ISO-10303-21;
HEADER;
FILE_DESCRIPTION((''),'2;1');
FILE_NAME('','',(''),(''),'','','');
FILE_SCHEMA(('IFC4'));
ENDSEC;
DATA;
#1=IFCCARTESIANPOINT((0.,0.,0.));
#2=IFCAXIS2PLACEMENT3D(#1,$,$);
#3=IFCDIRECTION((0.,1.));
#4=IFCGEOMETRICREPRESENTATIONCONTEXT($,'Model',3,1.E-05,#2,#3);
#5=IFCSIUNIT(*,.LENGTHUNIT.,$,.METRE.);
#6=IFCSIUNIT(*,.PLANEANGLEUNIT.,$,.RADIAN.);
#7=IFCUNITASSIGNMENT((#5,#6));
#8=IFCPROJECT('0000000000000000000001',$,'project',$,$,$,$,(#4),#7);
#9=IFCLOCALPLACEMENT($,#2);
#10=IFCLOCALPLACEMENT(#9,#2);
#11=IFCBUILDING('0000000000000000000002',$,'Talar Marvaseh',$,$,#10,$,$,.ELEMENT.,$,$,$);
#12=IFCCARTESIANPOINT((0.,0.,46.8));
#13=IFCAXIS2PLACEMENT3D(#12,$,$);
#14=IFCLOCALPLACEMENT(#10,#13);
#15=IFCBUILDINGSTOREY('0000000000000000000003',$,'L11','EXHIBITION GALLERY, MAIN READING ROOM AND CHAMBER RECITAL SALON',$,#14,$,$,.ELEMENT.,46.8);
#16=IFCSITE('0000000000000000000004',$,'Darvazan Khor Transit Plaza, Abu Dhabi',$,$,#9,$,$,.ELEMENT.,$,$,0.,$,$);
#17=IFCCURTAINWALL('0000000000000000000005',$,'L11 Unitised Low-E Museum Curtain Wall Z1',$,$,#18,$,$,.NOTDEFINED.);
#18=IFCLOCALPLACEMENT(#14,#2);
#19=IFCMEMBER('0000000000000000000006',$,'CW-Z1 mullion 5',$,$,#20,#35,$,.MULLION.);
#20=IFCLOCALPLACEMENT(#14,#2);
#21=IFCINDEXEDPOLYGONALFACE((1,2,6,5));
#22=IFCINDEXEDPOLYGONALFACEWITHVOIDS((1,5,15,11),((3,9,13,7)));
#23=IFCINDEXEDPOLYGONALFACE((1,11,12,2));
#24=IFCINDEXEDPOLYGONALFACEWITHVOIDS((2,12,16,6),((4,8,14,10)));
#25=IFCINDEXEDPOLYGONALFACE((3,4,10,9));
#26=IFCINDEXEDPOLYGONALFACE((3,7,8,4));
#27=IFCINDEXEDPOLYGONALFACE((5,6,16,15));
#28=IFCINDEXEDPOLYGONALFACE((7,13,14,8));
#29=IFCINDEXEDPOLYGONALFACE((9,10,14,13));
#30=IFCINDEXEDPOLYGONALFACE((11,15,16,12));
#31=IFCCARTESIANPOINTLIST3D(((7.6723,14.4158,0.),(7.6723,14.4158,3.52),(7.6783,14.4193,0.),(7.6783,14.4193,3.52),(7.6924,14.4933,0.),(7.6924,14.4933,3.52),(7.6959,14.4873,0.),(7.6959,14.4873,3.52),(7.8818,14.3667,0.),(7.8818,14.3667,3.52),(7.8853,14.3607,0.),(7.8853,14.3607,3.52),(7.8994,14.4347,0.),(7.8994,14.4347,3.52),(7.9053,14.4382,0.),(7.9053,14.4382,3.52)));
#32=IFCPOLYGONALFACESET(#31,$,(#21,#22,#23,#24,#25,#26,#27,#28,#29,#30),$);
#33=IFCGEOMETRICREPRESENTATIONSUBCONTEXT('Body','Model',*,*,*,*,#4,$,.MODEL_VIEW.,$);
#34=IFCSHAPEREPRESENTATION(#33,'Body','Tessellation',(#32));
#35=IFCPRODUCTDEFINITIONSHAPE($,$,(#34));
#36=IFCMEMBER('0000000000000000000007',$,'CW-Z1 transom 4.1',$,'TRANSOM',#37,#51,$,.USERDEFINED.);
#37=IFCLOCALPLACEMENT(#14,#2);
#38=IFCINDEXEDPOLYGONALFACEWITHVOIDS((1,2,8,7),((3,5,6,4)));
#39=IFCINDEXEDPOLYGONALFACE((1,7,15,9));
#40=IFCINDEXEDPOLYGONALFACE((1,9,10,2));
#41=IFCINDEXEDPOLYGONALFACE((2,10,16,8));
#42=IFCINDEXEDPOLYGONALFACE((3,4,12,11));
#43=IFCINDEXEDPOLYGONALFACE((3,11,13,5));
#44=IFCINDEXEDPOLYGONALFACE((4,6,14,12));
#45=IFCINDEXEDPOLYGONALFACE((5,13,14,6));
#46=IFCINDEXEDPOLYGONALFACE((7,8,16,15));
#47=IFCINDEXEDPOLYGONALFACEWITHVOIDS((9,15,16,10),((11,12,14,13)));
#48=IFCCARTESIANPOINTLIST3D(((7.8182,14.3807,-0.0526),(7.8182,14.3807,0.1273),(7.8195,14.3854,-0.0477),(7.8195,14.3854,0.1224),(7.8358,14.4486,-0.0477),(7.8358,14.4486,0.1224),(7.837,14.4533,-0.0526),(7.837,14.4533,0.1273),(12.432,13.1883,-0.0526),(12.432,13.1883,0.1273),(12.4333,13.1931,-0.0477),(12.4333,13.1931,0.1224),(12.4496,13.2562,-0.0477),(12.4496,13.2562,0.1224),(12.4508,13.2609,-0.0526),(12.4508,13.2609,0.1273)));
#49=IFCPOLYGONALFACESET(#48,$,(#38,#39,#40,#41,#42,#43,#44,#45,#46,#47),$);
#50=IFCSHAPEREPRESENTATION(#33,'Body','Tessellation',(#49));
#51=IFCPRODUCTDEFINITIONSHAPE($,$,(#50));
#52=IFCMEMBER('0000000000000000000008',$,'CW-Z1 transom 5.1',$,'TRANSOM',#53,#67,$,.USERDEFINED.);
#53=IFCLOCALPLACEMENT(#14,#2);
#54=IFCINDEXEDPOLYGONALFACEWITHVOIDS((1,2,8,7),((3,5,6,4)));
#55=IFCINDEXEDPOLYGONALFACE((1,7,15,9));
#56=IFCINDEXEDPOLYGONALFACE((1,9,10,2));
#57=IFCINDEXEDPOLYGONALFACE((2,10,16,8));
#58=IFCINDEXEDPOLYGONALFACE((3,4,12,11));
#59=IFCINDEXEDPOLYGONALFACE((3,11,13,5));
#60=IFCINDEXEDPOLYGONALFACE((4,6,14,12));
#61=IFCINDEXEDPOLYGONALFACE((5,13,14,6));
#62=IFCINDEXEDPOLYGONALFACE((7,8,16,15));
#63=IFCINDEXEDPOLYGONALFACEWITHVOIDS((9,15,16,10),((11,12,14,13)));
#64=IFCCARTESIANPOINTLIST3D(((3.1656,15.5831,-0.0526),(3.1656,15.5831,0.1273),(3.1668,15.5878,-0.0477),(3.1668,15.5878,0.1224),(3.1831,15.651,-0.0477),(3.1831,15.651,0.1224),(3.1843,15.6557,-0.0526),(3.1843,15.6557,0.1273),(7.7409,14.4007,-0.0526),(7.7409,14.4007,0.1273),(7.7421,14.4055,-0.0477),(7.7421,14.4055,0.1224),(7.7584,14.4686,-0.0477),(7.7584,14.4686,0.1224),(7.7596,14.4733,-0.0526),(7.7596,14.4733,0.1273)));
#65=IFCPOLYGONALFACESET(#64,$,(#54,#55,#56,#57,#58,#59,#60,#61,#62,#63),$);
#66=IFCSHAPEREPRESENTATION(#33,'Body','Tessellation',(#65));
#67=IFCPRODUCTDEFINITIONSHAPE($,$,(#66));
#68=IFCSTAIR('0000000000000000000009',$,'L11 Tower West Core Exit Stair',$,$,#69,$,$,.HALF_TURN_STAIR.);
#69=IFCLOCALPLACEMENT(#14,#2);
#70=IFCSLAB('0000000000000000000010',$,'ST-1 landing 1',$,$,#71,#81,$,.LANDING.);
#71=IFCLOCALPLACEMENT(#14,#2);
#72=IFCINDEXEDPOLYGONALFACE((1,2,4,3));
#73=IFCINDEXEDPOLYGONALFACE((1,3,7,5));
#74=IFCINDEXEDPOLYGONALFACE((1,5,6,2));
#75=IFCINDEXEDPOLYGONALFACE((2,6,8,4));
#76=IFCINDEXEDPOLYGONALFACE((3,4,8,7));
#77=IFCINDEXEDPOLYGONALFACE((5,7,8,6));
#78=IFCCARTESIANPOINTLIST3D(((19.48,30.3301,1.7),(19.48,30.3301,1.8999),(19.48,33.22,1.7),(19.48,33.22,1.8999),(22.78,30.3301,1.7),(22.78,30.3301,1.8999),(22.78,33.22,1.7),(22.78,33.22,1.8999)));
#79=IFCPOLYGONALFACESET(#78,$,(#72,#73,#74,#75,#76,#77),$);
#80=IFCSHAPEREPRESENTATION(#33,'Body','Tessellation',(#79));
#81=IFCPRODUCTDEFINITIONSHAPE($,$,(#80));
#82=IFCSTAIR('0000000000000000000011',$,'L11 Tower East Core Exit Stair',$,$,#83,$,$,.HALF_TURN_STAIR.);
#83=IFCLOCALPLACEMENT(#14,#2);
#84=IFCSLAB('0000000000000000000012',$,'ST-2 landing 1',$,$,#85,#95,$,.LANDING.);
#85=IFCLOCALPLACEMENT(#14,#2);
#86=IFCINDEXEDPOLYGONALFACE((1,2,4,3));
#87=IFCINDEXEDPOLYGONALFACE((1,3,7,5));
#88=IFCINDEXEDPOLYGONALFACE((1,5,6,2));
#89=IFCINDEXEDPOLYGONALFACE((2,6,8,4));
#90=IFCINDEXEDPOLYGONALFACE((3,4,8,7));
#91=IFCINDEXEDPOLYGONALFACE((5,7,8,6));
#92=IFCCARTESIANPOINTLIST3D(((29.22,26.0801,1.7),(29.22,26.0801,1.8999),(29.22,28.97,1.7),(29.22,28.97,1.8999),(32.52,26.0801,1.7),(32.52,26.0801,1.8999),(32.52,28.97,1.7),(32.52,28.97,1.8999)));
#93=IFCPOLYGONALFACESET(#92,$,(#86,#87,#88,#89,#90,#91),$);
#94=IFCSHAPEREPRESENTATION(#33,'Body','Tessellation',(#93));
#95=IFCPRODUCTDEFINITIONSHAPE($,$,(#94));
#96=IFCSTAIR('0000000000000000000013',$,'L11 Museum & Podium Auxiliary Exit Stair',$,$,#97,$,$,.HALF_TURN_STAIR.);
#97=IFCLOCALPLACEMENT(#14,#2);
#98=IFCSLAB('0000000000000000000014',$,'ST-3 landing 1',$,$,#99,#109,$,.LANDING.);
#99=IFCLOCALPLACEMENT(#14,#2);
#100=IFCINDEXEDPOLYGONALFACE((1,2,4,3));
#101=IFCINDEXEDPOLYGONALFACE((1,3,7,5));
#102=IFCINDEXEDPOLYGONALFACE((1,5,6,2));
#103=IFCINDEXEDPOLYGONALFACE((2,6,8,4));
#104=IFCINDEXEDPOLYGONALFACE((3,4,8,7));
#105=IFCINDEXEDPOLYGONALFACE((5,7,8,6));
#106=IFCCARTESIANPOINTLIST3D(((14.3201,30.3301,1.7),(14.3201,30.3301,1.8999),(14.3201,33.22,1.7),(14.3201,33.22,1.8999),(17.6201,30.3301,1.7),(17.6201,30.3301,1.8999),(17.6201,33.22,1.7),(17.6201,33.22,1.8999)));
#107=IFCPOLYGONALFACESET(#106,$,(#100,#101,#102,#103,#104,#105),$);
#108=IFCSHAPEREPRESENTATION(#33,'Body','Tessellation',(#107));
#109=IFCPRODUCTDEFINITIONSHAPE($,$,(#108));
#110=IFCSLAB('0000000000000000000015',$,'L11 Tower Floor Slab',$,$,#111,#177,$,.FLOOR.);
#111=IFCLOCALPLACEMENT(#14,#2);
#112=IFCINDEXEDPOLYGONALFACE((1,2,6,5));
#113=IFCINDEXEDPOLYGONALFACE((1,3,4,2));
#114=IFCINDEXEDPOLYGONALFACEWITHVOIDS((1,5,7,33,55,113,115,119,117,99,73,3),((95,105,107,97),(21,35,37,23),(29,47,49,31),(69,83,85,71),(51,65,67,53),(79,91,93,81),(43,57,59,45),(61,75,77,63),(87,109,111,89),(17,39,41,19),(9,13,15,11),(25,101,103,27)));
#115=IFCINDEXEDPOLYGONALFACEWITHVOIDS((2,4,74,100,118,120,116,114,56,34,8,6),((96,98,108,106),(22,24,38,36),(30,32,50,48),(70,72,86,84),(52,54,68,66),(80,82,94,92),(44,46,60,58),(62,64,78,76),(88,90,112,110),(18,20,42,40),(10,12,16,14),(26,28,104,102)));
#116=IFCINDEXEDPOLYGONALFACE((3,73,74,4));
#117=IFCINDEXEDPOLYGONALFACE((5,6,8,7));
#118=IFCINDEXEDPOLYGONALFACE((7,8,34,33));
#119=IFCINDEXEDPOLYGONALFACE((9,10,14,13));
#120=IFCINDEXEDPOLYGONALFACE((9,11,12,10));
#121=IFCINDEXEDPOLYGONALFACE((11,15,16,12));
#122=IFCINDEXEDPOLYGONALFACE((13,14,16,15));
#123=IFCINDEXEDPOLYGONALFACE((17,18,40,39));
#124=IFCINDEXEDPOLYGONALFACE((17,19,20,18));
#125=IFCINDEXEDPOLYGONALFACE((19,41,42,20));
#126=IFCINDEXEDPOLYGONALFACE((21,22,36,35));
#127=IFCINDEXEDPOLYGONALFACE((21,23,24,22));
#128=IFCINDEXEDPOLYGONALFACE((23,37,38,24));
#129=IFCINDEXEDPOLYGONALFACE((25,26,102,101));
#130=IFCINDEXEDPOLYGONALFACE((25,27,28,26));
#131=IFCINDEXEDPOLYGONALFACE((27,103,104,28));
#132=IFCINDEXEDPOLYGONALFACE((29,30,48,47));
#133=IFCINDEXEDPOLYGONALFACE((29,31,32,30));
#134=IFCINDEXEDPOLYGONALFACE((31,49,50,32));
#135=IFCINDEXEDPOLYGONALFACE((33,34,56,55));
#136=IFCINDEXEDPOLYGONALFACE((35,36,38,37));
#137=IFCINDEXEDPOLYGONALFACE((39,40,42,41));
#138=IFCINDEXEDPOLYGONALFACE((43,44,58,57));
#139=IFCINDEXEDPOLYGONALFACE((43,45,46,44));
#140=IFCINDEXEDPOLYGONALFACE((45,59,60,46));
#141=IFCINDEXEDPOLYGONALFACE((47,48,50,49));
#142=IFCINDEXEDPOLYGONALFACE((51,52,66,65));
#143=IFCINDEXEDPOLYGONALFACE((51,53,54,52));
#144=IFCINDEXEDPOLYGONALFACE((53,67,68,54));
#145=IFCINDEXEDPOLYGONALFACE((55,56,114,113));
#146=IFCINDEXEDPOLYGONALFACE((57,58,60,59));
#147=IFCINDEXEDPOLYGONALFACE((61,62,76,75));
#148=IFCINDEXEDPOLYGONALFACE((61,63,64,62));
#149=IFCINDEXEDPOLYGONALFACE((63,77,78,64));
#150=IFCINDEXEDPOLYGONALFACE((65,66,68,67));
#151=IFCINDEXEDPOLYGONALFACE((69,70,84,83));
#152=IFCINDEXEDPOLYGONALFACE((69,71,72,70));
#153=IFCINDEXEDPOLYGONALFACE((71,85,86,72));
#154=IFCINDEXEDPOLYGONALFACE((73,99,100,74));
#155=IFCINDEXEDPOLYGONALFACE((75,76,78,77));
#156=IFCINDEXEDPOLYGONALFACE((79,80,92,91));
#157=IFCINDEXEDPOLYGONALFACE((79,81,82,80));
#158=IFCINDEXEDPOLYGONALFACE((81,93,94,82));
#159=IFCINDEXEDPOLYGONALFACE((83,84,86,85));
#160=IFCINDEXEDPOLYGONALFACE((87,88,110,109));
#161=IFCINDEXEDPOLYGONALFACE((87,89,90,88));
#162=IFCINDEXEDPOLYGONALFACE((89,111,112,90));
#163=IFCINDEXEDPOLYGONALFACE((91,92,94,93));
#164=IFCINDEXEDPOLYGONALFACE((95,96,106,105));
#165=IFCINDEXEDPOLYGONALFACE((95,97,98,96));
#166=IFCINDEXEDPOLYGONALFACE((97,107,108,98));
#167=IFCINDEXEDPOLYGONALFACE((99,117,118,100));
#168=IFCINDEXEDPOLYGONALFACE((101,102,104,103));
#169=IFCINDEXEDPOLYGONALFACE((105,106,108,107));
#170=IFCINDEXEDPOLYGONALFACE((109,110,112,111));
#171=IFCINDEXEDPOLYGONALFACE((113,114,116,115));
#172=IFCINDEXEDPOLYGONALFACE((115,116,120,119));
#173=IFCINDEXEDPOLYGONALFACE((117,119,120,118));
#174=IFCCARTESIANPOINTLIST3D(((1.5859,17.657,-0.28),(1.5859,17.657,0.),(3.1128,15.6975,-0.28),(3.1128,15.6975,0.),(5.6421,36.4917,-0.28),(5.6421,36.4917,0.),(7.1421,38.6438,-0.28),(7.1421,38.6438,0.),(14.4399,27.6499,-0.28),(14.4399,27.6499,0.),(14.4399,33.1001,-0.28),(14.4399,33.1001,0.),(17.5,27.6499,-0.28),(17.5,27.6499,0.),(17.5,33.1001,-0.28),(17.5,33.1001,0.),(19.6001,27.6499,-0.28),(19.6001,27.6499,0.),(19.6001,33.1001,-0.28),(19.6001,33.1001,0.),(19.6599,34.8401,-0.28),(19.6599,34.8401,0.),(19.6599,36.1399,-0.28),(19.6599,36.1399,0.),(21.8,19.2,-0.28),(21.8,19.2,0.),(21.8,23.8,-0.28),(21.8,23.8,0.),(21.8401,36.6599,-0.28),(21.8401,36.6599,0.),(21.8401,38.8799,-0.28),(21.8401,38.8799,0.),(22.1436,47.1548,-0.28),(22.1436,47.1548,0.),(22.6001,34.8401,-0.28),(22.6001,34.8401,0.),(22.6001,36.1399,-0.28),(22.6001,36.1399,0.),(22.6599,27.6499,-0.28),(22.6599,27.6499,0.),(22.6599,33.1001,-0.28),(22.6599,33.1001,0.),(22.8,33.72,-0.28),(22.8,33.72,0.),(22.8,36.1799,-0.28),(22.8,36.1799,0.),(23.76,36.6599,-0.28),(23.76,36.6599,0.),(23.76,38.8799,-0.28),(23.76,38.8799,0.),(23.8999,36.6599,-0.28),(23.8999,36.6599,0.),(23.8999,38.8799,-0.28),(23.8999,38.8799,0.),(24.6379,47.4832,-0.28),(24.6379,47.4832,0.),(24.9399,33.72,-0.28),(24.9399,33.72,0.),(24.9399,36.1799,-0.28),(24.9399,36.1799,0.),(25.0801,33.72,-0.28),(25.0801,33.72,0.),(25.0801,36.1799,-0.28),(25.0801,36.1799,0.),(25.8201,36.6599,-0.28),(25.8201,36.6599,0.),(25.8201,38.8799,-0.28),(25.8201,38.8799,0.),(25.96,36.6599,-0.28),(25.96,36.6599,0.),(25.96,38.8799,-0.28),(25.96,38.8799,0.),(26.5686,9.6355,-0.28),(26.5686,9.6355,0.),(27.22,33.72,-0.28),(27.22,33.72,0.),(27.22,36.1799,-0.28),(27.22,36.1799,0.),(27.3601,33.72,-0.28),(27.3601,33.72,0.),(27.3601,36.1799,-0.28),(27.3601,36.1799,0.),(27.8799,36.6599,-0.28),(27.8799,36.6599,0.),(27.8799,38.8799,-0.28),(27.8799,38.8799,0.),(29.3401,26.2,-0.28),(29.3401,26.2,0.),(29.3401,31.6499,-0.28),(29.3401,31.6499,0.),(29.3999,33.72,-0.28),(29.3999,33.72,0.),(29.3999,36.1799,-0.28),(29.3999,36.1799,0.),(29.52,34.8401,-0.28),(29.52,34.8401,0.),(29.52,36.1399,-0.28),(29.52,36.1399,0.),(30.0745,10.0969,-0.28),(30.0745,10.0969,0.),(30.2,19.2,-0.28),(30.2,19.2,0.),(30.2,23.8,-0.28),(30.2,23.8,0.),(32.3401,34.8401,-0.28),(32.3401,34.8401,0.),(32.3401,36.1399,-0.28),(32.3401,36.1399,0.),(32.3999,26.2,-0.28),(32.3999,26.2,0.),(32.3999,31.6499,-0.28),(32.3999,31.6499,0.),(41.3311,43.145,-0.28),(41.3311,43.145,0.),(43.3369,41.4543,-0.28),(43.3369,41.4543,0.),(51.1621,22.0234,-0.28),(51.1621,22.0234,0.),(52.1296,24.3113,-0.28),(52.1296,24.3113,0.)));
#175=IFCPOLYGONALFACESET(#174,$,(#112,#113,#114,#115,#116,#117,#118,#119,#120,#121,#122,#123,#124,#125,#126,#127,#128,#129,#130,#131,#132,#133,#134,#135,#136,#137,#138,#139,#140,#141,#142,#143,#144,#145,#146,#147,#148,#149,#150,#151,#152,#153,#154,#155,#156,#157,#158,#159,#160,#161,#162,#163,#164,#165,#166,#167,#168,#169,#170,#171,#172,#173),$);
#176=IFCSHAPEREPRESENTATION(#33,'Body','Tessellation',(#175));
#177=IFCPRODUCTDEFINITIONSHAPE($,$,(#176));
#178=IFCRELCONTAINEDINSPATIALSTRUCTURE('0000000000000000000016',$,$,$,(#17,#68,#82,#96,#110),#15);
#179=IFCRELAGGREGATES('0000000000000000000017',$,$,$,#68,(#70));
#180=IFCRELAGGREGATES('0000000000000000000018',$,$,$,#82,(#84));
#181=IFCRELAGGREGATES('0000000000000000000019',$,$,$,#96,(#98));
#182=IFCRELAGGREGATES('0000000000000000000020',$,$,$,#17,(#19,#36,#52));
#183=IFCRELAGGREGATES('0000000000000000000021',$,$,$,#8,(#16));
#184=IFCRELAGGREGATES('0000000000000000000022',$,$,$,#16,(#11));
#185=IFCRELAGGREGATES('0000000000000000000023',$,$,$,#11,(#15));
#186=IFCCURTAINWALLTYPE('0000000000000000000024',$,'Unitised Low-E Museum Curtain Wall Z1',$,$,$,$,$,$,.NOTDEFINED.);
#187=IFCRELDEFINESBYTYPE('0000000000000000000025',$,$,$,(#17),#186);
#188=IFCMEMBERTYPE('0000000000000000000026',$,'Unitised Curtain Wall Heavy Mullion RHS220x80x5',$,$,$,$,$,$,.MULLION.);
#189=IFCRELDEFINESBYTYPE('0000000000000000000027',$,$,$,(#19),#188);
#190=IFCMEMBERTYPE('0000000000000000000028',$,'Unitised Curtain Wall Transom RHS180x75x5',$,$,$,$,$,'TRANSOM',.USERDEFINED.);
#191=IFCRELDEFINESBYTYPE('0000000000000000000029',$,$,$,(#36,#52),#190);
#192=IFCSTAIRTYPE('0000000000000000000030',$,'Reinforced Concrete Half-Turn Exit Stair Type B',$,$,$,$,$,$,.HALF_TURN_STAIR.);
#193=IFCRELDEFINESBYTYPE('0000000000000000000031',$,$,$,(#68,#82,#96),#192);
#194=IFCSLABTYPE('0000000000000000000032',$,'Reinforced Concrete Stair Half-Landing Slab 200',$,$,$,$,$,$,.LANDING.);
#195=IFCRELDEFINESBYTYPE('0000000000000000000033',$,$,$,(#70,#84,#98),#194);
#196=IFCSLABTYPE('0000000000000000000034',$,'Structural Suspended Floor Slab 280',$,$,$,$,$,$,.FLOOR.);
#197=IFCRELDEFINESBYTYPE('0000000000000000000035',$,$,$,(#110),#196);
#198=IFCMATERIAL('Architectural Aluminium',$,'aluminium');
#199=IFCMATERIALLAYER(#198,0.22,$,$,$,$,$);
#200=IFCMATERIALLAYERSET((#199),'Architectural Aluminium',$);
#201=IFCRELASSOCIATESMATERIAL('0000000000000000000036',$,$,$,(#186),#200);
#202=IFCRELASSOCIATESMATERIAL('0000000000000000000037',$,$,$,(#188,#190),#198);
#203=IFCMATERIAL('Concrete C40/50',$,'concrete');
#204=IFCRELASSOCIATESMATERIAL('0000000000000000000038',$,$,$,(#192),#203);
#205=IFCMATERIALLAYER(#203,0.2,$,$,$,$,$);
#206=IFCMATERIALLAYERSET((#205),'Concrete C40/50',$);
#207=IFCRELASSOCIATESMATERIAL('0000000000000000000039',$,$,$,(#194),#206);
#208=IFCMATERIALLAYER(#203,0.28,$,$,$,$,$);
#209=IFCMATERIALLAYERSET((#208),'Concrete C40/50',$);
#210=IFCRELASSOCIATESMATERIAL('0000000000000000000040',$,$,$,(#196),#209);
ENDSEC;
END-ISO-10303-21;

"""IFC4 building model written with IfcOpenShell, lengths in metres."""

from ifc_helpers import new_model, si_unit, direction, frame, origin, origin_2d, place, context, subcontext, project, spatial, polyline, hollow_rectangle, outline, extrude, source, transform, mapped, material, layer, layer_set, material_profile, profile_set, type_object, type_shapes, element, aggregate, save


model = new_model("IFC4")

# Units and contexts
model_context = context("Model", 3, precision=1e-05, world=origin(), true_north=direction((0.0, 1.0)))
body_context = subcontext(model_context, "Body", "Model", "MODEL_VIEW")
ifc_project = project(units=[si_unit("LENGTHUNIT", "METRE"), si_unit("PLANEANGLEUNIT", "RADIAN")], contexts=[model_context])

# Site, building, storey
site_placement = place(None, origin())
site = spatial("IfcSite", under=ifc_project, at=site_placement, Name="Darvazan Khor Transit Plaza, Abu Dhabi", CompositionType="ELEMENT", RefElevation=0.0)
building_placement = place(site_placement, origin())
building = spatial("IfcBuilding", under=site, at=building_placement, Name="Talar Marvaseh", CompositionType="ELEMENT")
storey_placement = place(building_placement, frame((0.0, 0.0, 46.8)))
storey = spatial("IfcBuildingStorey", under=building, at=storey_placement, Name="L11", Description="EXHIBITION GALLERY, MAIN READING ROOM AND CHAMBER RECITAL SALON", CompositionType="ELEMENT", Elevation=46.8)

# Curtain wall, members
ifc_material_1 = material(Name="Architectural Aluminium", Category="aluminium")
ifc_layer_1 = layer(ifc_material_1, 0.22)
ifc_layer_set_1 = layer_set([ifc_layer_1], Name="Architectural Aluminium")
curtain_wall_type = type_object("IfcCurtainWallType", Name="Unitised Low-E Museum Curtain Wall Z1", PredefinedType="NOTDEFINED", material=ifc_layer_set_1)
curtain_wall_placement = place(storey_placement, origin())
curtain_wall = element("IfcCurtainWall", 1, at=curtain_wall_placement, inside=storey, type_object=curtain_wall_type, Name="L11 Unitised Low-E Museum Curtain Wall Z1", PredefinedType="NOTDEFINED")
ifc_material_profile_1 = material_profile(ifc_material_1, hollow_rectangle(XDim=0.0801, YDim=0.22, WallThickness=0.0049, at=origin_2d()), Name="RHS220x80x5")
ifc_profile_set_1 = profile_set([ifc_material_profile_1], Name="Architectural Aluminium")
member_type_1 = type_object("IfcMemberType", Name="Unitised Curtain Wall Heavy Mullion RHS220x80x5", PredefinedType="MULLION", material=ifc_profile_set_1)
shared_shape_1 = source(origin(), body_context, "Body", "SweptSolid", [
    extrude(hollow_rectangle(XDim=0.0801, YDim=0.22, WallThickness=0.0049, at=origin_2d()), origin(), (0.0, 0.0, 1.0), 3.52),
])
type_shapes(member_type_1, [shared_shape_1])
member_1_placement = place(storey_placement, frame((7.7888, 14.427, 0.0), z_axis=(0.0, 0.0, 1.0), x_axis=(-0.250228, -0.968187, 0.0)))
member_1 = element("IfcMember", 2, at=member_1_placement, type_object=member_type_1, Name="CW-Z1 mullion 5", PredefinedType="MULLION", context=body_context, shape_type="MappedRepresentation", body=[
    mapped(shared_shape_1, transform((0.0, 0.0, 0.0), x_axis=(1.0, 0.0, 0.0), y_axis=(0.0, 1.0, 0.0), z_axis=(0.0, 0.0, 1.0), scale=1.0)),
])
ifc_material_profile_2 = material_profile(ifc_material_1, hollow_rectangle(XDim=0.075, YDim=0.1799, WallThickness=0.0049, at=origin_2d()), Name="RHS180x75x5")
ifc_profile_set_2 = profile_set([ifc_material_profile_2], Name="Architectural Aluminium")
member_type_2 = type_object("IfcMemberType", Name="Unitised Curtain Wall Transom RHS180x75x5", ElementType="TRANSOM", PredefinedType="USERDEFINED", material=ifc_profile_set_2)
shared_shape_2 = source(origin(), body_context, "Body", "SweptSolid", [
    extrude(hollow_rectangle(XDim=0.075, YDim=0.1799, WallThickness=0.0049, at=origin_2d()), origin(), (0.0, 0.0, 1.0), 4.7654),
])
member_2_placement = place(storey_placement, frame((12.4414, 13.2246, 0.0374), z_axis=(-0.968189, 0.250219, 0.0), x_axis=(-0.250219, -0.968189, 0.0)))
member_2 = element("IfcMember", 3, at=member_2_placement, type_object=member_type_2, Name="CW-Z1 transom 4.1", ObjectType="TRANSOM", PredefinedType="USERDEFINED", context=body_context, shape_type="MappedRepresentation", body=[
    mapped(shared_shape_2, transform((0.0, 0.0, 0.0), x_axis=(1.0, 0.0, 0.0), y_axis=(0.0, 1.0, 0.0), z_axis=(0.0, 0.0, 1.0), scale=1.0)),
])
shared_shape_3 = source(origin(), body_context, "Body", "SweptSolid", [
    extrude(hollow_rectangle(XDim=0.075, YDim=0.1799, WallThickness=0.0049, at=origin_2d()), origin(), (0.0, 0.0, 1.0), 4.7256),
])
type_shapes(member_type_2, [shared_shape_2, shared_shape_3])
member_3_placement = place(storey_placement, frame((7.7502, 14.437, 0.0374), z_axis=(-0.968191, 0.250211, 0.0), x_axis=(-0.250211, -0.968191, 0.0)))
member_3 = element("IfcMember", 4, at=member_3_placement, type_object=member_type_2, Name="CW-Z1 transom 5.1", ObjectType="TRANSOM", PredefinedType="USERDEFINED", context=body_context, shape_type="MappedRepresentation", body=[
    mapped(shared_shape_3, transform((0.0, 0.0, 0.0), x_axis=(1.0, 0.0, 0.0), y_axis=(0.0, 1.0, 0.0), z_axis=(0.0, 0.0, 1.0), scale=1.0)),
])

# Stairs, slabs
ifc_material_2 = material(Name="Concrete C40/50", Category="concrete")
stair_type = type_object("IfcStairType", Name="Reinforced Concrete Half-Turn Exit Stair Type B", PredefinedType="HALF_TURN_STAIR", material=ifc_material_2)
stair_1_placement = place(storey_placement, origin())
stair_1 = element("IfcStair", 5, at=stair_1_placement, inside=storey, type_object=stair_type, Name="L11 Tower West Core Exit Stair", PredefinedType="HALF_TURN_STAIR")
ifc_layer_2 = layer(ifc_material_2, 0.2)
ifc_layer_set_2 = layer_set([ifc_layer_2], Name="Concrete C40/50")
slab_type_1 = type_object("IfcSlabType", Name="Reinforced Concrete Stair Half-Landing Slab 200", PredefinedType="LANDING", material=ifc_layer_set_2)
slab_1_placement = place(storey_placement, frame((0.0, 0.0, 1.7)))
slab_1 = element("IfcSlab", 6, at=slab_1_placement, type_object=slab_type_1, Name="ST-1 landing 1", PredefinedType="LANDING", context=body_context, shape_type="SweptSolid", body=[
    extrude(outline(polyline([(22.78, 30.3301), (22.78, 33.22), (19.48, 33.22), (19.48, 30.3301), (22.78, 30.3301)])), origin(), (0.0, 0.0, 1.0), 0.2),
])
aggregate(stair_1, [slab_1])
stair_2_placement = place(storey_placement, origin())
stair_2 = element("IfcStair", 7, at=stair_2_placement, inside=storey, type_object=stair_type, Name="L11 Tower East Core Exit Stair", PredefinedType="HALF_TURN_STAIR")
slab_2_placement = place(storey_placement, frame((0.0, 0.0, 1.7)))
slab_2 = element("IfcSlab", 8, at=slab_2_placement, type_object=slab_type_1, Name="ST-2 landing 1", PredefinedType="LANDING", context=body_context, shape_type="SweptSolid", body=[
    extrude(outline(polyline([(29.22, 28.97), (29.22, 26.0801), (32.52, 26.0801), (32.52, 28.97), (29.22, 28.97)])), origin(), (0.0, 0.0, 1.0), 0.2),
])
aggregate(stair_2, [slab_2])
stair_3_placement = place(storey_placement, origin())
stair_3 = element("IfcStair", 9, at=stair_3_placement, inside=storey, type_object=stair_type, Name="L11 Museum & Podium Auxiliary Exit Stair", PredefinedType="HALF_TURN_STAIR")
slab_3_placement = place(storey_placement, frame((0.0, 0.0, 1.7)))
slab_3 = element("IfcSlab", 10, at=slab_3_placement, type_object=slab_type_1, Name="ST-3 landing 1", PredefinedType="LANDING", context=body_context, shape_type="SweptSolid", body=[
    extrude(outline(polyline([(17.6201, 30.3301), (17.6201, 33.22), (14.3201, 33.22), (14.3201, 30.3301), (17.6201, 30.3301)])), origin(), (0.0, 0.0, 1.0), 0.2),
])
aggregate(stair_3, [slab_3])

# Slab
ifc_layer_3 = layer(ifc_material_2, 0.28)
ifc_layer_set_3 = layer_set([ifc_layer_3], Name="Concrete C40/50")
slab_type_2 = type_object("IfcSlabType", Name="Structural Suspended Floor Slab 280", PredefinedType="FLOOR", material=ifc_layer_set_3)
slab_4_placement = place(storey_placement, frame((0.0, 0.0, -0.28)))
element("IfcSlab", 11, at=slab_4_placement, inside=storey, type_object=slab_type_2, Name="L11 Tower Floor Slab", PredefinedType="FLOOR", context=body_context, shape_type="SweptSolid", body=[
    extrude(outline(polyline([(3.1128, 15.6975), (1.5859, 17.657), (5.6421, 36.4917), (7.1421, 38.6438), (22.1436, 47.1548), (24.6379, 47.4832), (41.3311, 43.145), (43.3369, 41.4543), (52.1296, 24.3113), (51.1621, 22.0234), (30.0745, 10.0969), (26.5686, 9.6355), (3.1128, 15.6975)]), holes=[polyline([(22.6599, 27.6499), (22.6599, 33.1001), (19.6001, 33.1001), (19.6001, 27.6499), (22.6599, 27.6499)]), polyline([(29.3401, 31.6499), (29.3401, 26.2), (32.3999, 26.2), (32.3999, 31.6499), (29.3401, 31.6499)]), polyline([(17.5, 27.6499), (17.5, 33.1001), (14.4399, 33.1001), (14.4399, 27.6499), (17.5, 27.6499)]), polyline([(22.8, 33.72), (24.9399, 33.72), (24.9399, 36.1799), (22.8, 36.1799), (22.8, 33.72)]), polyline([(25.0801, 33.72), (27.22, 33.72), (27.22, 36.1799), (25.0801, 36.1799), (25.0801, 33.72)]), polyline([(27.3601, 33.72), (29.3999, 33.72), (29.3999, 36.1799), (27.3601, 36.1799), (27.3601, 33.72)]), polyline([(21.8401, 36.6599), (23.76, 36.6599), (23.76, 38.8799), (21.8401, 38.8799), (21.8401, 36.6599)]), polyline([(23.8999, 36.6599), (25.8201, 36.6599), (25.8201, 38.8799), (23.8999, 38.8799), (23.8999, 36.6599)]), polyline([(25.96, 36.6599), (27.8799, 36.6599), (27.8799, 38.8799), (25.96, 38.8799), (25.96, 36.6599)]), polyline([(19.6599, 34.8401), (22.6001, 34.8401), (22.6001, 36.1399), (19.6599, 36.1399), (19.6599, 34.8401)]), polyline([(29.52, 34.8401), (32.3401, 34.8401), (32.3401, 36.1399), (29.52, 36.1399), (29.52, 34.8401)]), polyline([(21.8, 19.2), (30.2, 19.2), (30.2, 23.8), (21.8, 23.8), (21.8, 19.2)])]), origin(), (0.0, 0.0, 1.0), 0.28),
])

aggregate(curtain_wall, [member_1, member_2, member_3])

save(model, "model.ifc")
